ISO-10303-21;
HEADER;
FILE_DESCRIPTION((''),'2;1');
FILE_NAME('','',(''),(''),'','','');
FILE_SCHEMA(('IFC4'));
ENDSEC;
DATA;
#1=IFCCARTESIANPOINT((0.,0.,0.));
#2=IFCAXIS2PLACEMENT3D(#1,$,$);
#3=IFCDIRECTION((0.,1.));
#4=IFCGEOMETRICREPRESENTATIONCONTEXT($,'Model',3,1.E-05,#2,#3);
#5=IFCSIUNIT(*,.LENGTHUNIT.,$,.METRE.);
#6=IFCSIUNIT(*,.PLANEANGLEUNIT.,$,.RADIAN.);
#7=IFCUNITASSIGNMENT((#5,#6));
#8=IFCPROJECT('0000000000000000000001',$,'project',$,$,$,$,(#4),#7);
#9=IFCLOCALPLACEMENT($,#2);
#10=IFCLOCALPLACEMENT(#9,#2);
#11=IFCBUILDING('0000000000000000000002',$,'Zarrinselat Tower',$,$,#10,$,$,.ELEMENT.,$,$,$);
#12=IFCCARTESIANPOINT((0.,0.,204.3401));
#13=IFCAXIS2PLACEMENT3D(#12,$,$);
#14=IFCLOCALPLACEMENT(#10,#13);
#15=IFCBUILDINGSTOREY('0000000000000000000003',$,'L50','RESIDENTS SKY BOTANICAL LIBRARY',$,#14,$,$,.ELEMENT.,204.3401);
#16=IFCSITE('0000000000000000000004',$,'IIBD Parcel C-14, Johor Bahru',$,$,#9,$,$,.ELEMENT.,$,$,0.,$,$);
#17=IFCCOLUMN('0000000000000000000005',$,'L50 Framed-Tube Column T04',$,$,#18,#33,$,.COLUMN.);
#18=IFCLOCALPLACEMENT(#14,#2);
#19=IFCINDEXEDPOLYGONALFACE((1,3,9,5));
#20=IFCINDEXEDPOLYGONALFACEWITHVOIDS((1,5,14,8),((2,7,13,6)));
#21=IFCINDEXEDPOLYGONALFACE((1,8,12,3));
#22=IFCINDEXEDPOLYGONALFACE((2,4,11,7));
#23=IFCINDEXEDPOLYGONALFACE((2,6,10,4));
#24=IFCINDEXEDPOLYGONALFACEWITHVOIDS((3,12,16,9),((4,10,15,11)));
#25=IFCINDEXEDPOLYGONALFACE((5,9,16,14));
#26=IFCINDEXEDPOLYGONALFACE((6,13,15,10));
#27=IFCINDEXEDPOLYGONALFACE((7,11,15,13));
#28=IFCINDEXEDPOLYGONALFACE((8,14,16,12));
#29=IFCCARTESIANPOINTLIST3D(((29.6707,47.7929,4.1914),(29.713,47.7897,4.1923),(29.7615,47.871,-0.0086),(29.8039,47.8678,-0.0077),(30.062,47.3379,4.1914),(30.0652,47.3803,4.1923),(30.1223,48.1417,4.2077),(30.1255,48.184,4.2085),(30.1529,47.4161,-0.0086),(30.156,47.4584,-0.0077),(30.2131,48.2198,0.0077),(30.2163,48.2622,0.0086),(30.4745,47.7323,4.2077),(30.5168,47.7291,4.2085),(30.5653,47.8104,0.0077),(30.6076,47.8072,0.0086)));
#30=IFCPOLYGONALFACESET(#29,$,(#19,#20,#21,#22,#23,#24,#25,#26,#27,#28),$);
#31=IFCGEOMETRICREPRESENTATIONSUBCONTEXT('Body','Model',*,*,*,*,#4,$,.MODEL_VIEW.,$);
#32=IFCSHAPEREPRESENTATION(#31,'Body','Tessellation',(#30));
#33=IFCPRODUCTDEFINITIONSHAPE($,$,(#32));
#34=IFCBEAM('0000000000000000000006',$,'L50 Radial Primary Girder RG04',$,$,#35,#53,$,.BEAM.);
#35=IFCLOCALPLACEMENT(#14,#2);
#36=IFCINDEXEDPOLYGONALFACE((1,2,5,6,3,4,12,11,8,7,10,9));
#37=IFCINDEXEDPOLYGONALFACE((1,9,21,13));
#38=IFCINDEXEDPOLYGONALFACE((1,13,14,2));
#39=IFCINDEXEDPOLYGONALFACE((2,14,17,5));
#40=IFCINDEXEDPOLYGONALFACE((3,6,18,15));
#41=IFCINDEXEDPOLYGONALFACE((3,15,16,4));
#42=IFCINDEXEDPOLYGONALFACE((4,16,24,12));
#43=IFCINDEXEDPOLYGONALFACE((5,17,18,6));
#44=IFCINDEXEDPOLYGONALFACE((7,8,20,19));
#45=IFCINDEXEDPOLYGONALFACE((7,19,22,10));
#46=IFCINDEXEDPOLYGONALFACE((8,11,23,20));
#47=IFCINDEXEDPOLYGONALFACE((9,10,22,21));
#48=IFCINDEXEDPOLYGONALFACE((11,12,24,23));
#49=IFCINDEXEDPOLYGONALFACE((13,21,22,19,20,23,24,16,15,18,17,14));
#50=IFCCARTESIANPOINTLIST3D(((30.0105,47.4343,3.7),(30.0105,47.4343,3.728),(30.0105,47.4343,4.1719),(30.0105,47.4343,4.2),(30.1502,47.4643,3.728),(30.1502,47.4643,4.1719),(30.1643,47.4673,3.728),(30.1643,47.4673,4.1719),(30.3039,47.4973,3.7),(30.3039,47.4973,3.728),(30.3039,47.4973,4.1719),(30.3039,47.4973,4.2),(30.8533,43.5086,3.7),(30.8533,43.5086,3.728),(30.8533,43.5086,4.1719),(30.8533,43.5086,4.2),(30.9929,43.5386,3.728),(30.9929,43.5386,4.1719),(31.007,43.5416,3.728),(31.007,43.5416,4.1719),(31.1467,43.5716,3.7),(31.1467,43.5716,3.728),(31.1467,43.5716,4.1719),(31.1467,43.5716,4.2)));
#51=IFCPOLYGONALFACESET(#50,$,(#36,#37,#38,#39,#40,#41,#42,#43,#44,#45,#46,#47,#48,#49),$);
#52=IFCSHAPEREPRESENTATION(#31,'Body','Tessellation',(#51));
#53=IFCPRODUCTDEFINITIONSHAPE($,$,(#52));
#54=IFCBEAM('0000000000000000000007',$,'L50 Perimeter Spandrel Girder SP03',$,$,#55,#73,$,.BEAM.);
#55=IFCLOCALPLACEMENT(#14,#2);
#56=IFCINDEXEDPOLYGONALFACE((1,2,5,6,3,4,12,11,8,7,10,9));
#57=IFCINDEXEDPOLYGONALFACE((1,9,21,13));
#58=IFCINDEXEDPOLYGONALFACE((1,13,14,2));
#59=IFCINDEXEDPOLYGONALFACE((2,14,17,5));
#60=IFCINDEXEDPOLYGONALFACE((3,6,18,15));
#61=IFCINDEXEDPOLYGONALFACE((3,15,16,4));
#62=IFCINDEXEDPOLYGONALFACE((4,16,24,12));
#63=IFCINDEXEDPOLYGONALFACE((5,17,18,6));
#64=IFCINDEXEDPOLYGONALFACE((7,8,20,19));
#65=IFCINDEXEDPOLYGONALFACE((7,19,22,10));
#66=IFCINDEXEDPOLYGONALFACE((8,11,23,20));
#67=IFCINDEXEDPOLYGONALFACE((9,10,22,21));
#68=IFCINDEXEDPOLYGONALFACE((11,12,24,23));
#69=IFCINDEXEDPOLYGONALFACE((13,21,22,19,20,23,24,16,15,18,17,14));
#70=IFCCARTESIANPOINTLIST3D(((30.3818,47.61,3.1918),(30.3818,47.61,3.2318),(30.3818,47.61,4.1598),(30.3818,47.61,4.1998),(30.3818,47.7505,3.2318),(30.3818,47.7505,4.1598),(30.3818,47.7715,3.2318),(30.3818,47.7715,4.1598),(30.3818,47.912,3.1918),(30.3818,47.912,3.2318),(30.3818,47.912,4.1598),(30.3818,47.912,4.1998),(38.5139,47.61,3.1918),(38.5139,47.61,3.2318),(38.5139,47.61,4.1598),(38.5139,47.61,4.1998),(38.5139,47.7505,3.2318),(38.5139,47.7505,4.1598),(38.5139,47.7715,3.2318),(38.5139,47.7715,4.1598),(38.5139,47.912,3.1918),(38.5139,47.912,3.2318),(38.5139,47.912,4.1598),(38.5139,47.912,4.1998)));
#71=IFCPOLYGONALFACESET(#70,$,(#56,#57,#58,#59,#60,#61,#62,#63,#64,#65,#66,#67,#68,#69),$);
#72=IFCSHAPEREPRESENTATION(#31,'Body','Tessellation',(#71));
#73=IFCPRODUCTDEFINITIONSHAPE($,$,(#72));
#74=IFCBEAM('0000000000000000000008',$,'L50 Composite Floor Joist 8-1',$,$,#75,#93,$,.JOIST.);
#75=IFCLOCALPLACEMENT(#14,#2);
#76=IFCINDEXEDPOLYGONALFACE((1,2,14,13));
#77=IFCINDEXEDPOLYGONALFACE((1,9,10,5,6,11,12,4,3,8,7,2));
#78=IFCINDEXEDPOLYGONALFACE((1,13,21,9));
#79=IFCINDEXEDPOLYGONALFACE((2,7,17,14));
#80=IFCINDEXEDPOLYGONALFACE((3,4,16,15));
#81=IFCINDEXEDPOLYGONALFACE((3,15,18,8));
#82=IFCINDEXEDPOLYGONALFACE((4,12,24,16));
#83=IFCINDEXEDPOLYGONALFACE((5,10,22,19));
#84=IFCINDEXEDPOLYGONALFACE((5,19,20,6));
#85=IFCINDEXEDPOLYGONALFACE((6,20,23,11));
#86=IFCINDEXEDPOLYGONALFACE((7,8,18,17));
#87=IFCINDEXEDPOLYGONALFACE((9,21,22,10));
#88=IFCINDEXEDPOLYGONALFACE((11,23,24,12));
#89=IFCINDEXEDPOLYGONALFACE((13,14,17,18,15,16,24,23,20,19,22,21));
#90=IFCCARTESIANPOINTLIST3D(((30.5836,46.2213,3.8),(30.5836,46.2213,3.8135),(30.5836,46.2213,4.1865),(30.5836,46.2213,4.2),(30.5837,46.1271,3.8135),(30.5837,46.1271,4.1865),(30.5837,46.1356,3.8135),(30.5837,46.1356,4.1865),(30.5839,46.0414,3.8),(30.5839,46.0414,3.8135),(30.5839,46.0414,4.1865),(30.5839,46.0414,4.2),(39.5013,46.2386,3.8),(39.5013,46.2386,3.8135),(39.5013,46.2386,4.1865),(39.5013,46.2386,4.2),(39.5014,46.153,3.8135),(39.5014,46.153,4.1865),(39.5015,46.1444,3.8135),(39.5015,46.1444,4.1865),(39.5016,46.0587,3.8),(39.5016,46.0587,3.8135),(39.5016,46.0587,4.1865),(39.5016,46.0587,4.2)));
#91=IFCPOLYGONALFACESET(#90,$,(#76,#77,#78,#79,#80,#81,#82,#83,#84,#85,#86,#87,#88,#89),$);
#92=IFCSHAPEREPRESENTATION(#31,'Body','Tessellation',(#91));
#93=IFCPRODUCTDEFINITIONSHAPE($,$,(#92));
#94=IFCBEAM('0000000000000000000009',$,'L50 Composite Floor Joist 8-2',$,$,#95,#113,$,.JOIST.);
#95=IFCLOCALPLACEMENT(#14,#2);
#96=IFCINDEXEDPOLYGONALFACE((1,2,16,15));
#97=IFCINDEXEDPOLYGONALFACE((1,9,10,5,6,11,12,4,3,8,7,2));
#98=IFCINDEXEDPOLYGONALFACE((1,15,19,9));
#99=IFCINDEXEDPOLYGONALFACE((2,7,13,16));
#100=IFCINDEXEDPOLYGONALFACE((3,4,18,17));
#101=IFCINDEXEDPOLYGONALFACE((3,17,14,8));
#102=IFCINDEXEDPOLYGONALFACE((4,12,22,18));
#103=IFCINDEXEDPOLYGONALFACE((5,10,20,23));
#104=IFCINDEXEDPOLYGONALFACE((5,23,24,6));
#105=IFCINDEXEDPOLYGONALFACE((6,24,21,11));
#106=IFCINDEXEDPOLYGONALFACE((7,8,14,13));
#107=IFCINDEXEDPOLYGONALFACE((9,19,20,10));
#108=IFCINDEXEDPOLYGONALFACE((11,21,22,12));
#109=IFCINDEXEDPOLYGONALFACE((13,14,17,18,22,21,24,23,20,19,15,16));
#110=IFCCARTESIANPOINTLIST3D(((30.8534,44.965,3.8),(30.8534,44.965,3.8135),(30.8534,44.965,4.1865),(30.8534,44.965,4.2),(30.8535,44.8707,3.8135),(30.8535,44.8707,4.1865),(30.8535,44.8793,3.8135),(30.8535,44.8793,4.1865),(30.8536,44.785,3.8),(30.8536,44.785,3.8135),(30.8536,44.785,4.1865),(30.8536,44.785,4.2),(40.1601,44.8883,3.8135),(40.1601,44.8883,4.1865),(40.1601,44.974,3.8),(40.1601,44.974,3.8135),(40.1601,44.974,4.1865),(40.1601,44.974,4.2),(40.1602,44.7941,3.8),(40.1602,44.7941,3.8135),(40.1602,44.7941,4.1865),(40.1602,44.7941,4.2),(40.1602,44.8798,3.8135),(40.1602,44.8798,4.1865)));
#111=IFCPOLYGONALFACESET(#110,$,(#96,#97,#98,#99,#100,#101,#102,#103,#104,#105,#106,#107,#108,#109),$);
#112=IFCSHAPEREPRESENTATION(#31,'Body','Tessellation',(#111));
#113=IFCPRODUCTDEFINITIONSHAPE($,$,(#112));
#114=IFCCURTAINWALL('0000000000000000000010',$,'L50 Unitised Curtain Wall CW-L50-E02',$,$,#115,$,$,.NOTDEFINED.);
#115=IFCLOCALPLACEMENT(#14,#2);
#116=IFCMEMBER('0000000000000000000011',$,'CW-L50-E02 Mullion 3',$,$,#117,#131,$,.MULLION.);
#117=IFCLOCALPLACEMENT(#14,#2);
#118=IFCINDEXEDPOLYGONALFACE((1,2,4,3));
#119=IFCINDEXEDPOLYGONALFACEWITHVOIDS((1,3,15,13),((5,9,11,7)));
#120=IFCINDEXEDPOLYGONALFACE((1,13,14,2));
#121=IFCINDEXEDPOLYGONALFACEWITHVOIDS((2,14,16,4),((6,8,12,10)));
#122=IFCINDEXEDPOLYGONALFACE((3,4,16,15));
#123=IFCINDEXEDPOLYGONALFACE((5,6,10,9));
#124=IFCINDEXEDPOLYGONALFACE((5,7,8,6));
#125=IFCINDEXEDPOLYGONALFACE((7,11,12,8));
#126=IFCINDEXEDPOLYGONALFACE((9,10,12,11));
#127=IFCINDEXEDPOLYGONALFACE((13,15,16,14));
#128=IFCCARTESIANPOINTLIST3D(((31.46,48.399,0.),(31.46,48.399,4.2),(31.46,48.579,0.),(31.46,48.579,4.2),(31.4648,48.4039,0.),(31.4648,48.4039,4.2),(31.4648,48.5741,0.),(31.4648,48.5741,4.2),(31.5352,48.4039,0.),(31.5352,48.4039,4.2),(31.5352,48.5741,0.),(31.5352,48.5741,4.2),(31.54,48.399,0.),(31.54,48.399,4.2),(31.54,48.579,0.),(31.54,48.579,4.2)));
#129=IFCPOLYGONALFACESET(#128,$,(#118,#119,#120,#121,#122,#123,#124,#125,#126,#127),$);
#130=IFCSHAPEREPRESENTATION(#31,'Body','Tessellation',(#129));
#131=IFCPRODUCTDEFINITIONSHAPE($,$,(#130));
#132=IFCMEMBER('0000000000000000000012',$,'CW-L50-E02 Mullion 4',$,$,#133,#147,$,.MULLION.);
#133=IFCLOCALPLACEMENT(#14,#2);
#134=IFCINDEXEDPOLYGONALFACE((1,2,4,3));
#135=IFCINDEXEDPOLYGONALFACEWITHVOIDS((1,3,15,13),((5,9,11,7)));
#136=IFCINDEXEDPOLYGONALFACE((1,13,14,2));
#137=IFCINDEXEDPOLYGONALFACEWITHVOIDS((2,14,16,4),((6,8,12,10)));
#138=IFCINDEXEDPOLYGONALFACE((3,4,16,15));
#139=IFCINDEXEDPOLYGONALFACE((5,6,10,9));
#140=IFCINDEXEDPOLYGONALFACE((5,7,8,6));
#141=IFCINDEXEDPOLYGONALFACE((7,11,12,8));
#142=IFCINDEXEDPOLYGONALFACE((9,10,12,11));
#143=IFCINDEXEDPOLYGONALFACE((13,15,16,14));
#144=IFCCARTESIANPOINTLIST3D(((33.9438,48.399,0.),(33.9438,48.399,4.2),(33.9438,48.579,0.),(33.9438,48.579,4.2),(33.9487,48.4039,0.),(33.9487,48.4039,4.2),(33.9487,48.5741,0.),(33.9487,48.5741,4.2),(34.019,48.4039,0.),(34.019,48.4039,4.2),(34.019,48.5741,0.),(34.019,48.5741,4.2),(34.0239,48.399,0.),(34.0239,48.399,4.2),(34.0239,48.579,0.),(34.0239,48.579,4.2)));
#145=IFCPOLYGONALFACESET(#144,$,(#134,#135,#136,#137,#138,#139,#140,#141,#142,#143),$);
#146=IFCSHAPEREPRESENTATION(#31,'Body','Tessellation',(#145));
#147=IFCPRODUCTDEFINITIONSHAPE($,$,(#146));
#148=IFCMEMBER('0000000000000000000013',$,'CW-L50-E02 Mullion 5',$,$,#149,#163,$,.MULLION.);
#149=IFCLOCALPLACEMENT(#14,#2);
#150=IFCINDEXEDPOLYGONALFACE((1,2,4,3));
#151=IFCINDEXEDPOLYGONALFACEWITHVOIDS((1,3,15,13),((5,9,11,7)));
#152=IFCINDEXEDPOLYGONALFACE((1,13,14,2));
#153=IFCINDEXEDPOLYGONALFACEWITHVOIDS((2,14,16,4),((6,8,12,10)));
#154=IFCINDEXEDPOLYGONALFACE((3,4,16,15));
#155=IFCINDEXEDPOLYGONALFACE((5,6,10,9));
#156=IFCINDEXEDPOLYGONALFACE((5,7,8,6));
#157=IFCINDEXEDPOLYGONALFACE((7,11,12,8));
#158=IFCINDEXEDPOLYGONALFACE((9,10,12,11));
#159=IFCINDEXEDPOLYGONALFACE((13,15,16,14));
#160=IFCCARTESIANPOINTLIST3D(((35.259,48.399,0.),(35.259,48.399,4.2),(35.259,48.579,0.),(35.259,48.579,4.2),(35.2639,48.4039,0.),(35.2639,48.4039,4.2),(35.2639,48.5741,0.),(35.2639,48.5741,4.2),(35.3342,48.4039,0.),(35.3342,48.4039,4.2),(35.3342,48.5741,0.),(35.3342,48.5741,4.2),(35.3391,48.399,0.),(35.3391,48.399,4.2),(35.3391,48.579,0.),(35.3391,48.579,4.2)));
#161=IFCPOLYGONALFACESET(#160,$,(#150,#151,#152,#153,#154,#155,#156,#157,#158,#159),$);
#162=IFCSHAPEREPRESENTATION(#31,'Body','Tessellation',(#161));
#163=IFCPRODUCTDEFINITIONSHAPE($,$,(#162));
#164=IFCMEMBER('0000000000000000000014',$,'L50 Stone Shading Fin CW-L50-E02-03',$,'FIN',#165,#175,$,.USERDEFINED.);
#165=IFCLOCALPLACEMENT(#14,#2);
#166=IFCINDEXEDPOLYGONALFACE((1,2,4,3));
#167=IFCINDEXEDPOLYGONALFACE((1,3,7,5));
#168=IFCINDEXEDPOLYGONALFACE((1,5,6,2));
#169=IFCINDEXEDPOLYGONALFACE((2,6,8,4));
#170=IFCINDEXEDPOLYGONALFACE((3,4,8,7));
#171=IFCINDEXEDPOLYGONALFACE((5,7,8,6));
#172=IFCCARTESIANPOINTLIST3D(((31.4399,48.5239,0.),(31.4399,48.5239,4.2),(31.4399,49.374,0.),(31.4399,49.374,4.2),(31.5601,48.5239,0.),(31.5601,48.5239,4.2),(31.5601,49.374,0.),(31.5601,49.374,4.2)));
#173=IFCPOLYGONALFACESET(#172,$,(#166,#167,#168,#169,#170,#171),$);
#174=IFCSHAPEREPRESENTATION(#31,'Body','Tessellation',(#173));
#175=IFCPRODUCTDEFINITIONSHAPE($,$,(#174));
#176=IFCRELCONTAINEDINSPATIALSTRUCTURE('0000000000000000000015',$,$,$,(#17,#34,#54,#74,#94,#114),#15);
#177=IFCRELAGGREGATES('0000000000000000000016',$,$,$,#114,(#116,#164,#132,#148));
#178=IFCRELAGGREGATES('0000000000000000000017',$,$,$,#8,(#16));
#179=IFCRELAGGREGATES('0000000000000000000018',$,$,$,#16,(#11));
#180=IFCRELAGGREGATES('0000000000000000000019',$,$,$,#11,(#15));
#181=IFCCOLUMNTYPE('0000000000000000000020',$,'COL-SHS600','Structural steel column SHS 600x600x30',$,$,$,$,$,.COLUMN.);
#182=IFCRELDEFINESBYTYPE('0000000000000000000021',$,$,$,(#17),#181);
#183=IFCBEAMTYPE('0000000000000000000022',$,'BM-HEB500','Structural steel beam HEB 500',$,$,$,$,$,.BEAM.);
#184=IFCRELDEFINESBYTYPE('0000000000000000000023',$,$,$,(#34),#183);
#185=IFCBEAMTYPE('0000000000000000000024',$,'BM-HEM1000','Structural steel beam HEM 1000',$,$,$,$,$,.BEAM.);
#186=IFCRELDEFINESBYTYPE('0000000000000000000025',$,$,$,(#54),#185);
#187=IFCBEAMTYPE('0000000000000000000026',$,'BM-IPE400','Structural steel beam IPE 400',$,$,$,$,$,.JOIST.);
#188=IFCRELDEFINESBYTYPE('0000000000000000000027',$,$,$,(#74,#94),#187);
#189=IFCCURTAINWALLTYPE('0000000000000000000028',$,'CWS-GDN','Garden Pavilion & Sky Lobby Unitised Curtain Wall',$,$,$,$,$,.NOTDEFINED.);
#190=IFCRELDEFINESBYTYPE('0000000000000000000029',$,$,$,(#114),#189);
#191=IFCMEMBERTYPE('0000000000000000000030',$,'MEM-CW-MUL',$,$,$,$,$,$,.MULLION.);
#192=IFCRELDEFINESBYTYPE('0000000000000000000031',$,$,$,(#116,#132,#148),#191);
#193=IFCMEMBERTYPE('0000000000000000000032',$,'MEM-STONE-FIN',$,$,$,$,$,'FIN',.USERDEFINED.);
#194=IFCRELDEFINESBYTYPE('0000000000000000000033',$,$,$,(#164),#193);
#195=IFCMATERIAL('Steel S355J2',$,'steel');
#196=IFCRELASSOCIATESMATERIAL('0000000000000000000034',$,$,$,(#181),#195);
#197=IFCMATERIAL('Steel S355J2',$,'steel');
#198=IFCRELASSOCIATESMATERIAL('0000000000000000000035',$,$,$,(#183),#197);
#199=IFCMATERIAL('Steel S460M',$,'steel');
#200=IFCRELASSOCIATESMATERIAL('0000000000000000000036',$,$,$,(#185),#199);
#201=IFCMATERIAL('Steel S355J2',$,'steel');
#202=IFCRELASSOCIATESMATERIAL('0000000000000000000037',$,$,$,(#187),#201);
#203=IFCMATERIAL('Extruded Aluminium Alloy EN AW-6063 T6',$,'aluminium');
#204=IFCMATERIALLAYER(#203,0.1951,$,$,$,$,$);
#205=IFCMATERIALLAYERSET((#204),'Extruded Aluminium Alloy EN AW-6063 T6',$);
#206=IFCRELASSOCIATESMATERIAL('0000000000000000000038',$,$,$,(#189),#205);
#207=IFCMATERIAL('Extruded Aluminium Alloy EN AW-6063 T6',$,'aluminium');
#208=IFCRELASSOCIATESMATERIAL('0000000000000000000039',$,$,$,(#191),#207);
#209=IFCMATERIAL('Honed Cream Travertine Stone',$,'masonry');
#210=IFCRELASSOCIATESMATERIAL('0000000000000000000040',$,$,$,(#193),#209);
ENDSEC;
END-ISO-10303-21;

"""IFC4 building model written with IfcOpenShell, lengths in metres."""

from ifc_helpers import new_model, si_unit, direction, frame, origin, origin_2d, place, context, subcontext, project, spatial, rectangle, hollow_rectangle, i_section, extrude, material, layer, layer_set, material_profile, profile_set, type_object, element, aggregate, save


model = new_model("IFC4")

# Units and contexts
model_context = context("Model", 3, precision=1e-05, world=origin(), true_north=direction((0.0, 1.0)))
body_context = subcontext(model_context, "Body", "Model", "MODEL_VIEW")
ifc_project = project(units=[si_unit("LENGTHUNIT", "METRE"), si_unit("PLANEANGLEUNIT", "RADIAN")], contexts=[model_context])

# Site, building, storey
site_placement = place(None, origin())
site = spatial("IfcSite", under=ifc_project, at=site_placement, Name="IIBD Parcel C-14, Johor Bahru", CompositionType="ELEMENT", RefElevation=0.0)
building_placement = place(site_placement, origin())
building = spatial("IfcBuilding", under=site, at=building_placement, Name="Zarrinselat Tower", CompositionType="ELEMENT")
storey_placement = place(building_placement, frame((0.0, 0.0, 204.3401)))
storey = spatial("IfcBuildingStorey", under=building, at=storey_placement, Name="L50", Description="RESIDENTS SKY BOTANICAL LIBRARY", CompositionType="ELEMENT", Elevation=204.3401)

# Column
ifc_material_1 = material(Name="Steel S355J2", Category="steel")
ifc_material_profile_1 = material_profile(ifc_material_1, hollow_rectangle(XDim=0.6001, YDim=0.6001, WallThickness=0.03, at=origin_2d()), Name="SHS 600x600x30")
ifc_profile_set_1 = profile_set([ifc_material_profile_1], Name="Steel S355J2")
column_type = type_object("IfcColumnType", Name="COL-SHS600", Description="Structural steel column SHS 600x600x30", PredefinedType="COLUMN", material=ifc_profile_set_1)
column_placement = place(storey_placement, frame((30.1846, 47.8391, 0.0), z_axis=(-0.021615, -0.018594, 0.999593), x_axis=(0.652133, -0.758105, 0.0)))
element("IfcColumn", 1, at=column_placement, inside=storey, type_object=column_type, Name="L50 Framed-Tube Column T04", PredefinedType="COLUMN", context=body_context, shape_type="SweptSolid", body=[
    extrude(hollow_rectangle(XDim=0.6001, YDim=0.6001, WallThickness=0.03, at=origin_2d()), origin(), (0.0, 0.0, 1.0), 4.2017),
])

# Beams
ifc_material_2 = material(Name="Steel S355J2", Category="steel")
ifc_material_profile_2 = material_profile(ifc_material_2, i_section(OverallWidth=0.3, OverallDepth=0.5, WebThickness=0.0144, FlangeThickness=0.0281, at=origin_2d()), Name="HEB 500")
ifc_profile_set_2 = profile_set([ifc_material_profile_2], Name="Steel S355J2")
beam_type_1 = type_object("IfcBeamType", Name="BM-HEB500", Description="Structural steel beam HEB 500", PredefinedType="BEAM", material=ifc_profile_set_2)
beam_1_placement = place(storey_placement, frame((30.1572, 47.4658, 3.95), z_axis=(0.209894, -0.977724, 0.0), x_axis=(0.977724, 0.209894, 0.0)))
element("IfcBeam", 2, at=beam_1_placement, inside=storey, type_object=beam_type_1, Name="L50 Radial Primary Girder RG04", PredefinedType="BEAM", context=body_context, shape_type="SweptSolid", body=[
    extrude(i_section(OverallWidth=0.3, OverallDepth=0.5, WebThickness=0.0144, FlangeThickness=0.0281, at=origin_2d()), origin(), (0.0, 0.0, 1.0), 4.0151),
])
ifc_material_3 = material(Name="Steel S460M", Category="steel")
ifc_material_profile_3 = material_profile(ifc_material_3, i_section(OverallWidth=0.302, OverallDepth=1.0081, WebThickness=0.021, FlangeThickness=0.04, at=origin_2d()), Name="HEM 1000")
ifc_profile_set_3 = profile_set([ifc_material_profile_3], Name="Steel S460M")
beam_type_2 = type_object("IfcBeamType", Name="BM-HEM1000", Description="Structural steel beam HEM 1000", PredefinedType="BEAM", material=ifc_profile_set_3)
beam_2_placement = place(storey_placement, frame((30.3818, 47.761, 3.6958), z_axis=(1.0, 0.0, 0.0), x_axis=(0.0, 1.0, 0.0)))
element("IfcBeam", 3, at=beam_2_placement, inside=storey, type_object=beam_type_2, Name="L50 Perimeter Spandrel Girder SP03", PredefinedType="BEAM", context=body_context, shape_type="SweptSolid", body=[
    extrude(i_section(OverallWidth=0.302, OverallDepth=1.0081, WebThickness=0.021, FlangeThickness=0.04, at=origin_2d()), origin(), (0.0, 0.0, 1.0), 8.1321),
])
ifc_material_4 = material(Name="Steel S355J2", Category="steel")
ifc_material_profile_4 = material_profile(ifc_material_4, i_section(OverallWidth=0.1799, OverallDepth=0.3999, WebThickness=0.0085, FlangeThickness=0.0134, at=origin_2d()), Name="IPE 400")
ifc_profile_set_4 = profile_set([ifc_material_profile_4], Name="Steel S355J2")
beam_type_3 = type_object("IfcBeamType", Name="BM-IPE400", Description="Structural steel beam IPE 400", PredefinedType="JOIST", material=ifc_profile_set_4)
beam_3_placement = place(storey_placement, frame((30.5837, 46.1313, 4.0), z_axis=(0.999998, 0.001944, 0.0), x_axis=(-0.001944, 0.999998, 0.0)))
element("IfcBeam", 4, at=beam_3_placement, inside=storey, type_object=beam_type_3, Name="L50 Composite Floor Joist 8-1", PredefinedType="JOIST", context=body_context, shape_type="SweptSolid", body=[
    extrude(i_section(OverallWidth=0.1799, OverallDepth=0.3999, WebThickness=0.0085, FlangeThickness=0.0134, at=origin_2d()), origin(), (0.0, 0.0, 1.0), 8.9177),
])
beam_4_placement = place(storey_placement, frame((30.8535, 44.875, 4.0), z_axis=(1.0, 0.000971, 0.0), x_axis=(-0.000971, 1.0, 0.0)))
element("IfcBeam", 5, at=beam_4_placement, inside=storey, type_object=beam_type_3, Name="L50 Composite Floor Joist 8-2", PredefinedType="JOIST", context=body_context, shape_type="SweptSolid", body=[
    extrude(i_section(OverallWidth=0.1799, OverallDepth=0.3999, WebThickness=0.0085, FlangeThickness=0.0134, at=origin_2d()), origin(), (0.0, 0.0, 1.0), 9.3066),
])

# Curtain wall, members
ifc_material_5 = material(Name="Extruded Aluminium Alloy EN AW-6063 T6", Category="aluminium")
ifc_layer_1 = layer(ifc_material_5, 0.1951)
ifc_layer_set_1 = layer_set([ifc_layer_1], Name="Extruded Aluminium Alloy EN AW-6063 T6")
curtain_wall_type = type_object("IfcCurtainWallType", Name="CWS-GDN", Description="Garden Pavilion & Sky Lobby Unitised Curtain Wall", PredefinedType="NOTDEFINED", material=ifc_layer_set_1)
curtain_wall_placement = place(storey_placement, origin())
curtain_wall = element("IfcCurtainWall", 6, at=curtain_wall_placement, inside=storey, type_object=curtain_wall_type, Name="L50 Unitised Curtain Wall CW-L50-E02", PredefinedType="NOTDEFINED")
ifc_material_6 = material(Name="Extruded Aluminium Alloy EN AW-6063 T6", Category="aluminium")
ifc_material_profile_5 = material_profile(ifc_material_6, hollow_rectangle(XDim=0.0801, YDim=0.1799, WallThickness=0.0049, at=origin_2d()), Name="RHS 180x80x5")
ifc_profile_set_5 = profile_set([ifc_material_profile_5], Name="Extruded Aluminium Alloy EN AW-6063 T6")
member_type_1 = type_object("IfcMemberType", Name="MEM-CW-MUL", PredefinedType="MULLION", material=ifc_profile_set_5)
member_1_placement = place(storey_placement, frame((31.5, 48.489, 0.0), z_axis=(0.0, 0.0, 1.0), x_axis=(1.0, 0.0, 0.0)))
member_1 = element("IfcMember", 7, at=member_1_placement, type_object=member_type_1, Name="CW-L50-E02 Mullion 3", PredefinedType="MULLION", context=body_context, shape_type="SweptSolid", body=[
    extrude(hollow_rectangle(XDim=0.0801, YDim=0.1799, WallThickness=0.0049, at=origin_2d()), origin(), (0.0, 0.0, 1.0), 4.2),
])
member_2_placement = place(storey_placement, frame((33.9839, 48.489, 0.0), z_axis=(0.0, 0.0, 1.0), x_axis=(1.0, 0.0, 0.0)))
member_2 = element("IfcMember", 8, at=member_2_placement, type_object=member_type_1, Name="CW-L50-E02 Mullion 4", PredefinedType="MULLION", context=body_context, shape_type="SweptSolid", body=[
    extrude(hollow_rectangle(XDim=0.0801, YDim=0.1799, WallThickness=0.0049, at=origin_2d()), origin(), (0.0, 0.0, 1.0), 4.2),
])
member_3_placement = place(storey_placement, frame((35.2991, 48.489, 0.0), z_axis=(0.0, 0.0, 1.0), x_axis=(1.0, 0.0, 0.0)))
member_3 = element("IfcMember", 9, at=member_3_placement, type_object=member_type_1, Name="CW-L50-E02 Mullion 5", PredefinedType="MULLION", context=body_context, shape_type="SweptSolid", body=[
    extrude(hollow_rectangle(XDim=0.0801, YDim=0.1799, WallThickness=0.0049, at=origin_2d()), origin(), (0.0, 0.0, 1.0), 4.2),
])
ifc_material_7 = material(Name="Honed Cream Travertine Stone", Category="masonry")
ifc_material_profile_6 = material_profile(ifc_material_7, rectangle(XDim=0.1201, YDim=0.8501, at=origin_2d()), Name="FIN 850x120")
ifc_profile_set_6 = profile_set([ifc_material_profile_6], Name="Honed Cream Travertine Stone")
member_type_2 = type_object("IfcMemberType", Name="MEM-STONE-FIN", ElementType="FIN", PredefinedType="USERDEFINED", material=ifc_profile_set_6)
member_4_placement = place(storey_placement, frame((31.5, 48.949, 0.0), z_axis=(0.0, 0.0, 1.0), x_axis=(1.0, 0.0, 0.0)))
member_4 = element("IfcMember", 10, at=member_4_placement, type_object=member_type_2, Name="L50 Stone Shading Fin CW-L50-E02-03", ObjectType="FIN", PredefinedType="USERDEFINED", context=body_context, shape_type="SweptSolid", body=[
    extrude(rectangle(XDim=0.1201, YDim=0.8501, at=origin_2d()), origin(), (0.0, 0.0, 1.0), 4.2),
])
aggregate(curtain_wall, [member_1, member_4, member_2, member_3])

save(model, "model.ifc")
